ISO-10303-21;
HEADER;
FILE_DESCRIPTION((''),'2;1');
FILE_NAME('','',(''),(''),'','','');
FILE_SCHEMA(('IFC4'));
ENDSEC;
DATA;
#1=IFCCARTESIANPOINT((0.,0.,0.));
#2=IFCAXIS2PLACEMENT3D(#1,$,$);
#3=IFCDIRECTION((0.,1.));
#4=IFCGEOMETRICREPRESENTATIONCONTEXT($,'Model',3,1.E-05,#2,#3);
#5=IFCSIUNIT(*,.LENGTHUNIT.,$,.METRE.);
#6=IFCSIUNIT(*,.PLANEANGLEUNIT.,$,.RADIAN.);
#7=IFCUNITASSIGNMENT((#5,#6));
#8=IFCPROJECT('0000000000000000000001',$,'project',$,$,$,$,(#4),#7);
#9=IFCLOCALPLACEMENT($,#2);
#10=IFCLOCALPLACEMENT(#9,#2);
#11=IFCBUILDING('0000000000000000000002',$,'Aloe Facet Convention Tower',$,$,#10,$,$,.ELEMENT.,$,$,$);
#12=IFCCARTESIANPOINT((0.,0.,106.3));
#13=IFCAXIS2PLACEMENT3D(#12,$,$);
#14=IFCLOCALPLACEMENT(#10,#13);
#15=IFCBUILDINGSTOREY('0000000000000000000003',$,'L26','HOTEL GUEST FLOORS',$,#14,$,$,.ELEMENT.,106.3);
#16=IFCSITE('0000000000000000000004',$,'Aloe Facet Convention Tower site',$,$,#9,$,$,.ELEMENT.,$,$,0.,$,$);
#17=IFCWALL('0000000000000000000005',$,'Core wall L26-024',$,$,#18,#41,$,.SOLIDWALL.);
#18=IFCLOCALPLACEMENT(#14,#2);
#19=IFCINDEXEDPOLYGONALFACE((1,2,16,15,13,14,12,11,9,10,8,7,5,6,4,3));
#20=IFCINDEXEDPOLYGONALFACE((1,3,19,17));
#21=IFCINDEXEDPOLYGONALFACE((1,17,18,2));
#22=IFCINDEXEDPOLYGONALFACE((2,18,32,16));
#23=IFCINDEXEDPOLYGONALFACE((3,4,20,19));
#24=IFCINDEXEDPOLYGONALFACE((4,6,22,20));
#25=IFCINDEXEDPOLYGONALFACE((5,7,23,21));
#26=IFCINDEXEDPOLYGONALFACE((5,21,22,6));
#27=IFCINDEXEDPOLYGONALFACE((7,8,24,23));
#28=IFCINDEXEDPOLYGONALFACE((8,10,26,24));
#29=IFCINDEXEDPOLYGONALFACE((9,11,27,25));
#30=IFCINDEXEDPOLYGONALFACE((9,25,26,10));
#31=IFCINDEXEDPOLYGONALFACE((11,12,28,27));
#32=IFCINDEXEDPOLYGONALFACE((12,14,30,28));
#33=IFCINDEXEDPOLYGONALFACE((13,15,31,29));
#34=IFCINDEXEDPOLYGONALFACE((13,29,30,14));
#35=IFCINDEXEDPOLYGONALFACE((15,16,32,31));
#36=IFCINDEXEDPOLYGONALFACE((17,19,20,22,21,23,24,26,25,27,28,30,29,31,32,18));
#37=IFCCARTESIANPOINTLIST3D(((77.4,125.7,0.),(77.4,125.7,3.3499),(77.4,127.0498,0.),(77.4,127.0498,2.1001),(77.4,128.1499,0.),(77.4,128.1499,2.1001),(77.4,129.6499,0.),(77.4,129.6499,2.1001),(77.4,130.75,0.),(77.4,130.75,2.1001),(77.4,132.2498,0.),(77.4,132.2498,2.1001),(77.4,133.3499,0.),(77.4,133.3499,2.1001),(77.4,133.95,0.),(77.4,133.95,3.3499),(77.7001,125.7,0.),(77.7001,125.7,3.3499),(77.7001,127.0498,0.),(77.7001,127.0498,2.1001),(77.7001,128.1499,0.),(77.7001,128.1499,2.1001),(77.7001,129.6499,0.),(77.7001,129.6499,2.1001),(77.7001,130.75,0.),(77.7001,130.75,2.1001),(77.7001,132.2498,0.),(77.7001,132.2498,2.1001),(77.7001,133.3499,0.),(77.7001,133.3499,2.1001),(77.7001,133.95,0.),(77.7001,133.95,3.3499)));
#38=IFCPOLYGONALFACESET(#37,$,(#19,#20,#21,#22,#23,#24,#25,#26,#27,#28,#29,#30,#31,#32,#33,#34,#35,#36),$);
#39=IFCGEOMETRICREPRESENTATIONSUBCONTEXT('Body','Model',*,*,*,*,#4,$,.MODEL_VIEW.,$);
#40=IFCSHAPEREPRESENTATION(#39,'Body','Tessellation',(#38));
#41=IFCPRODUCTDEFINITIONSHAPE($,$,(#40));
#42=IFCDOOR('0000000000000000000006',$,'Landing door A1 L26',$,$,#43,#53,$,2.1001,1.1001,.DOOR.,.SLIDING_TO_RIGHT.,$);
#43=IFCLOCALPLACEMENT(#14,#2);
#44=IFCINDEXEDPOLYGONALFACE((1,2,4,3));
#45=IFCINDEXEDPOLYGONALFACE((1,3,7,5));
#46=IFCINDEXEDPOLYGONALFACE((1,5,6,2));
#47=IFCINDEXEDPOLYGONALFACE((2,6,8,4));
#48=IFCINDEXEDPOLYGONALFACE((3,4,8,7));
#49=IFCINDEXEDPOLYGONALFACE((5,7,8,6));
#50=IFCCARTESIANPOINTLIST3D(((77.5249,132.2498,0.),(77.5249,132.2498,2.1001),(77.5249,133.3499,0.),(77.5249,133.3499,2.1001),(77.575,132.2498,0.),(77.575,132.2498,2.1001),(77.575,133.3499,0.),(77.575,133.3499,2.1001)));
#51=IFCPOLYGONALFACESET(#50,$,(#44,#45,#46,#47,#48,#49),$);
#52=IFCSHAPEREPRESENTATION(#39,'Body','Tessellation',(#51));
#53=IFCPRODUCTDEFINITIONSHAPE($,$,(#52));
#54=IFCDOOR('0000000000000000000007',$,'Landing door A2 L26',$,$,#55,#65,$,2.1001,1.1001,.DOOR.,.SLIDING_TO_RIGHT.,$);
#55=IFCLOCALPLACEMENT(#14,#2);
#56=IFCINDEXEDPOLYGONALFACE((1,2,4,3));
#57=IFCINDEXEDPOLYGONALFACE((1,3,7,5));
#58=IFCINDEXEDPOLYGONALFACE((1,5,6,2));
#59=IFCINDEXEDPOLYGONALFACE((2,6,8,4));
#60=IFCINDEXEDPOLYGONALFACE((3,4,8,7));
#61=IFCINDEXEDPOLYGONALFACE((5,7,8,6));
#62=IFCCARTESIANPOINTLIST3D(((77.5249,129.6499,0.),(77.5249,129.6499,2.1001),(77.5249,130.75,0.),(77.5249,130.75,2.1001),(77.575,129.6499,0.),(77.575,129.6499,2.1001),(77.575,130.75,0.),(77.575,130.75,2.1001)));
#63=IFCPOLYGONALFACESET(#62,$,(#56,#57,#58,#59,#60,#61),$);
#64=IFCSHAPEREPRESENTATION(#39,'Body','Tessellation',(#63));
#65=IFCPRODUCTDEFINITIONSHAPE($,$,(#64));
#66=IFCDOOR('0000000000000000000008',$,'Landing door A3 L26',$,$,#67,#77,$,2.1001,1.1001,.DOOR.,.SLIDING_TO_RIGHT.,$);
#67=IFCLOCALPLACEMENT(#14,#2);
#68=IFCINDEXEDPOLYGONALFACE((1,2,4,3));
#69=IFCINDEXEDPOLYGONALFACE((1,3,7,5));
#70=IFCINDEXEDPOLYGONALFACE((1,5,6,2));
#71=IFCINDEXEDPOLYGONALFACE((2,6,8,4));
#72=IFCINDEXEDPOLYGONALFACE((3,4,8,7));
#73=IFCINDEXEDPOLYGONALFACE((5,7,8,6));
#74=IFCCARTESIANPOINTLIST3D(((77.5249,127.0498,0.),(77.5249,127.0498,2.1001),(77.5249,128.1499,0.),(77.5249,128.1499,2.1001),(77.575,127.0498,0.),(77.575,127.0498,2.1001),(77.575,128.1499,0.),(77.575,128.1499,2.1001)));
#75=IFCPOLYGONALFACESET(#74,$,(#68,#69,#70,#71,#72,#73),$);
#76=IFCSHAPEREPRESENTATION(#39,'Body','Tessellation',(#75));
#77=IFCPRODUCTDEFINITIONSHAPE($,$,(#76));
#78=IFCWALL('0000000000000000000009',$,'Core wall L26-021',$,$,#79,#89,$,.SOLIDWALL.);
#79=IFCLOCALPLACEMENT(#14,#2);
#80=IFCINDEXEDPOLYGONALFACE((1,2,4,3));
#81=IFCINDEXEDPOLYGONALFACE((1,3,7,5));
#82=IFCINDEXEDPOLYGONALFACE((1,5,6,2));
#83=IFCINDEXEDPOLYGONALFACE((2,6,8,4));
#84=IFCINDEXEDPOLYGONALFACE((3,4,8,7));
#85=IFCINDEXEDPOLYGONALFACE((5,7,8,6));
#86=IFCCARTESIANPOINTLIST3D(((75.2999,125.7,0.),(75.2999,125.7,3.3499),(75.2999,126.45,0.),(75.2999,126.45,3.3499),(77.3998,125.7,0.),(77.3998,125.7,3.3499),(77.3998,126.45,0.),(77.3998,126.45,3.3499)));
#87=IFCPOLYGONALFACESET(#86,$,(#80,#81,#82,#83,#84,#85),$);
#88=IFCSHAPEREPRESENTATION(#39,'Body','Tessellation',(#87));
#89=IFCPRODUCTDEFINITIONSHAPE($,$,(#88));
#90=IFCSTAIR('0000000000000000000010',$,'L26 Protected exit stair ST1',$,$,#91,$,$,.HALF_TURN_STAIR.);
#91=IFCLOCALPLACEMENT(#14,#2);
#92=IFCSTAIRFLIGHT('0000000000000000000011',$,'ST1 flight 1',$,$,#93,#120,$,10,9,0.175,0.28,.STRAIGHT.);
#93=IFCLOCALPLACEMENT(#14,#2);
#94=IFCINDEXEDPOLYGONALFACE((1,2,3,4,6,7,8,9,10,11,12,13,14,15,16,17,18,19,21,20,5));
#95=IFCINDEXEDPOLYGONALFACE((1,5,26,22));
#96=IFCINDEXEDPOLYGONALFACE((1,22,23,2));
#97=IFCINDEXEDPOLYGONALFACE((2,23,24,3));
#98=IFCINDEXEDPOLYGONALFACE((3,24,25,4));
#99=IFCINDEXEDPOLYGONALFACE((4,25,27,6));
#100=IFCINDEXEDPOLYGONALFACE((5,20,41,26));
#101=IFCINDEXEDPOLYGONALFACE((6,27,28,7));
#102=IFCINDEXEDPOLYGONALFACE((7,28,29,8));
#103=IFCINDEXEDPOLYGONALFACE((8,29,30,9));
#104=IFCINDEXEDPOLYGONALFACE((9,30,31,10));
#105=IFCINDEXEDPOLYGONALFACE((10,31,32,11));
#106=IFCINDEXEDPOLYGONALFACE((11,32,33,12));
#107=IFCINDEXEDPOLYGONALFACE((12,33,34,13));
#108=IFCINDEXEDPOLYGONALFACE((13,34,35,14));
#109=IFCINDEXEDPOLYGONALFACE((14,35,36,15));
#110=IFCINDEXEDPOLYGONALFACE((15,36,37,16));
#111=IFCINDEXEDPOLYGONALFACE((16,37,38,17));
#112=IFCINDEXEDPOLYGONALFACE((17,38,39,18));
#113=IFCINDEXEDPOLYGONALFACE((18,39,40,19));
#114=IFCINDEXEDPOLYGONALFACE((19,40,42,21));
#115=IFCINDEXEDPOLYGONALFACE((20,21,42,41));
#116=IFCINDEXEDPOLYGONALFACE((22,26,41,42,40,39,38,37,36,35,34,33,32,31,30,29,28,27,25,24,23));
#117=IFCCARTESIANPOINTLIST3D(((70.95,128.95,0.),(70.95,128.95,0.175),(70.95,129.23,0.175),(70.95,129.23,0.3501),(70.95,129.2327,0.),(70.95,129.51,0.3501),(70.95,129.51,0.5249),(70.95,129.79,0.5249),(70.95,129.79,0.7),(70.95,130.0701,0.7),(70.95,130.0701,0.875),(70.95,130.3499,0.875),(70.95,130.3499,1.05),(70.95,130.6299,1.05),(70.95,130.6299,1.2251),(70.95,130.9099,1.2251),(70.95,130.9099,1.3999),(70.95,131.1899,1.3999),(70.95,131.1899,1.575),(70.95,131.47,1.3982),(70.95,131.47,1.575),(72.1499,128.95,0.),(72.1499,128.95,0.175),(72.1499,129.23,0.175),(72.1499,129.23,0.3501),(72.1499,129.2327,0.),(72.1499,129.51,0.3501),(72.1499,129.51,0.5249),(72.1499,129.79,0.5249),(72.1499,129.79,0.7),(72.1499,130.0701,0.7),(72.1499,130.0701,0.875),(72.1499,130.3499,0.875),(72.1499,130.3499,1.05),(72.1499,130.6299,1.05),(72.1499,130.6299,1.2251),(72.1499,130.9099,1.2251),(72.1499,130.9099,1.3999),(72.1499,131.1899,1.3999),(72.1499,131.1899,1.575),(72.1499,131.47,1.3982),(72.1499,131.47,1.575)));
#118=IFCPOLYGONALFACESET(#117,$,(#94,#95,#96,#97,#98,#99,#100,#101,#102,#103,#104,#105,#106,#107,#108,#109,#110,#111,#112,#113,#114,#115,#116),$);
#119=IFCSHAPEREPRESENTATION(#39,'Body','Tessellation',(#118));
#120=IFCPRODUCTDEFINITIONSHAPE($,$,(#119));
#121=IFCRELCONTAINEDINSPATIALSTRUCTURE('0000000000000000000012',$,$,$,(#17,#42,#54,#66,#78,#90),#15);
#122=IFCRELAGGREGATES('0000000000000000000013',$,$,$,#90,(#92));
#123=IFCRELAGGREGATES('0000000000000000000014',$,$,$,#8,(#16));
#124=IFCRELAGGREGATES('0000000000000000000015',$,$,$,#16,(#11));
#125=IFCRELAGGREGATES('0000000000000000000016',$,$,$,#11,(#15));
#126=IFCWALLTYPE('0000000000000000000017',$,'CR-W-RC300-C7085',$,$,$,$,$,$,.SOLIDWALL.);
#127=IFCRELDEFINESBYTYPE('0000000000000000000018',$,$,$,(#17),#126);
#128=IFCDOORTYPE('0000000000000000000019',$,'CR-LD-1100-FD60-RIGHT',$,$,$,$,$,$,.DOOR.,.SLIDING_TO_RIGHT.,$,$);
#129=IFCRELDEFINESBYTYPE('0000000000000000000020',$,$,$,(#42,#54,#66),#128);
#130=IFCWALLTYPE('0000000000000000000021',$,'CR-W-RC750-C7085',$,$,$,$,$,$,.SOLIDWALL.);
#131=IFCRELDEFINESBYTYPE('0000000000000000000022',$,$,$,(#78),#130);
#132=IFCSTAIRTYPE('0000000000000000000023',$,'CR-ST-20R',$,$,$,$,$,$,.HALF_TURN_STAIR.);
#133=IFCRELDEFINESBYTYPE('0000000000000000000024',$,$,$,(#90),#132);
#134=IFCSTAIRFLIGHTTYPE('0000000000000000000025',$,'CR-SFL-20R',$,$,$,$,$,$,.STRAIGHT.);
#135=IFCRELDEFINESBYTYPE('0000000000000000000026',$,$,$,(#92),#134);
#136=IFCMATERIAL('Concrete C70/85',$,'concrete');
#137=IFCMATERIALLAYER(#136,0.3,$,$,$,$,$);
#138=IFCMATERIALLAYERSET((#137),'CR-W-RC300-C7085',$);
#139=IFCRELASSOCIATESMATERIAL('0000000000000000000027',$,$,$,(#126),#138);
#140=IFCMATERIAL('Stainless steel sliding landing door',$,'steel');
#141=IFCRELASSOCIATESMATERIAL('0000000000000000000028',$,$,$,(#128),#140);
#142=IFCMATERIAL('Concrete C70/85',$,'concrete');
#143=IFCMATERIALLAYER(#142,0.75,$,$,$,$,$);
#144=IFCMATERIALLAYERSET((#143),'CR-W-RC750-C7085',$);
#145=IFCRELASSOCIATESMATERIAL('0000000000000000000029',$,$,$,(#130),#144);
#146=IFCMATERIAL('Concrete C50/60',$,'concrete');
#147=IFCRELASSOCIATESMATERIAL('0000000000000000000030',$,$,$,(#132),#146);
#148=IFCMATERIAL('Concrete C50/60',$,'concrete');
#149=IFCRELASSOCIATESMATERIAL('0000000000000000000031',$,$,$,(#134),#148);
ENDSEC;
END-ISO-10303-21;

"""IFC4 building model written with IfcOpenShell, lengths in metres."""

from ifc_helpers import new_model, si_unit, direction, frame, frame_2d, origin, place, context, subcontext, project, spatial, polyline, rectangle, outline, extrude, material, layer, layer_set, type_object, element, fill, aggregate, save


model = new_model("IFC4")

# Units and contexts
model_context = context("Model", 3, precision=1e-05, world=origin(), true_north=direction((0.0, 1.0)))
body_context = subcontext(model_context, "Body", "Model", "MODEL_VIEW")
ifc_project = project(units=[si_unit("LENGTHUNIT", "METRE"), si_unit("PLANEANGLEUNIT", "RADIAN")], contexts=[model_context])

# Site, building, storey
site_placement = place(None, origin())
site = spatial("IfcSite", under=ifc_project, at=site_placement, Name="Aloe Facet Convention Tower site", CompositionType="ELEMENT", RefElevation=0.0)
building_placement = place(site_placement, origin())
building = spatial("IfcBuilding", under=site, at=building_placement, Name="Aloe Facet Convention Tower", CompositionType="ELEMENT")
storey_placement = place(building_placement, frame((0.0, 0.0, 106.3)))
storey = spatial("IfcBuildingStorey", under=building, at=storey_placement, Name="L26", Description="HOTEL GUEST FLOORS", CompositionType="ELEMENT", Elevation=106.3)

# Shared definitions
ifc_material_1 = material(Name="Concrete C70/85", Category="concrete")
ifc_layer_1 = layer(ifc_material_1, 0.3)
ifc_layer_set_1 = layer_set([ifc_layer_1], Name="CR-W-RC300-C7085")
wall_type_1 = type_object("IfcWallType", Name="CR-W-RC300-C7085", PredefinedType="SOLIDWALL", material=ifc_layer_set_1)

# Wall, openings, doors
wall_1_placement = place(storey_placement, frame((77.55, 133.95, 0.0), z_axis=(0.0, 0.0, 1.0), x_axis=(0.0, -1.0, 0.0)))
wall_1 = element("IfcWall", 1, at=wall_1_placement, inside=storey, type_object=wall_type_1, Name="Core wall L26-024", PredefinedType="SOLIDWALL", context=body_context, shape_type="SweptSolid", body=[
    extrude(rectangle(XDim=8.25, YDim=0.3, at=frame_2d((4.125, 0.0))), origin(), (0.0, 0.0, 1.0), 3.3499),
])
opening_1_placement = place(wall_1_placement, frame((0.6001, 0.0, 0.0)))
opening_1 = element("IfcOpeningElement", 2, at=opening_1_placement, cuts=wall_1, PredefinedType="OPENING", context=body_context, shape_type="SweptSolid", body=[
    extrude(rectangle(XDim=1.1001, YDim=2.1001, at=frame_2d((0.55, 1.05))), frame((0.0, 0.1602, 0.0), z_axis=(0.0, -1.0, 0.0), x_axis=(1.0, 0.0, 0.0)), (0.0, 0.0, 1.0), 0.3201),
])
opening_2_placement = place(wall_1_placement, frame((3.2, 0.0, 0.0)))
opening_2 = element("IfcOpeningElement", 3, at=opening_2_placement, cuts=wall_1, PredefinedType="OPENING", context=body_context, shape_type="SweptSolid", body=[
    extrude(rectangle(XDim=1.1001, YDim=2.1001, at=frame_2d((0.55, 1.05))), frame((0.0, 0.1602, 0.0), z_axis=(0.0, -1.0, 0.0), x_axis=(1.0, 0.0, 0.0)), (0.0, 0.0, 1.0), 0.3201),
])
opening_3_placement = place(wall_1_placement, frame((5.8, 0.0, 0.0)))
opening_3 = element("IfcOpeningElement", 4, at=opening_3_placement, cuts=wall_1, PredefinedType="OPENING", context=body_context, shape_type="SweptSolid", body=[
    extrude(rectangle(XDim=1.1001, YDim=2.1001, at=frame_2d((0.55, 1.05))), frame((0.0, 0.1602, 0.0), z_axis=(0.0, -1.0, 0.0), x_axis=(1.0, 0.0, 0.0)), (0.0, 0.0, 1.0), 0.3201),
])
ifc_material_2 = material(Name="Stainless steel sliding landing door", Category="steel")
door_type_1 = type_object("IfcDoorType", Name="CR-LD-1100-FD60-RIGHT", OperationType="SLIDING_TO_RIGHT", PredefinedType="DOOR", material=ifc_material_2)
door_1_placement = place(opening_1_placement, origin())
door_1 = element("IfcDoor", 5, at=door_1_placement, inside=storey, type_object=door_type_1, Name="Landing door A1 L26", OperationType="SLIDING_TO_RIGHT", OverallHeight=2.1001, OverallWidth=1.1001, PredefinedType="DOOR", context=body_context, shape_type="SweptSolid", body=[
    extrude(rectangle(XDim=1.1001, YDim=2.1001, at=frame_2d((0.55, 1.05))), frame((0.0, 0.0249, 0.0), z_axis=(0.0, -1.0, 0.0), x_axis=(1.0, 0.0, 0.0)), (0.0, 0.0, 1.0), 0.05),
])
fill(opening_1, door_1)
door_2_placement = place(opening_2_placement, origin())
door_2 = element("IfcDoor", 6, at=door_2_placement, inside=storey, type_object=door_type_1, Name="Landing door A2 L26", OperationType="SLIDING_TO_RIGHT", OverallHeight=2.1001, OverallWidth=1.1001, PredefinedType="DOOR", context=body_context, shape_type="SweptSolid", body=[
    extrude(rectangle(XDim=1.1001, YDim=2.1001, at=frame_2d((0.55, 1.05))), frame((0.0, 0.0249, 0.0), z_axis=(0.0, -1.0, 0.0), x_axis=(1.0, 0.0, 0.0)), (0.0, 0.0, 1.0), 0.05),
])
fill(opening_2, door_2)
door_3_placement = place(opening_3_placement, origin())
door_3 = element("IfcDoor", 7, at=door_3_placement, inside=storey, type_object=door_type_1, Name="Landing door A3 L26", OperationType="SLIDING_TO_RIGHT", OverallHeight=2.1001, OverallWidth=1.1001, PredefinedType="DOOR", context=body_context, shape_type="SweptSolid", body=[
    extrude(rectangle(XDim=1.1001, YDim=2.1001, at=frame_2d((0.55, 1.05))), frame((0.0, 0.0249, 0.0), z_axis=(0.0, -1.0, 0.0), x_axis=(1.0, 0.0, 0.0)), (0.0, 0.0, 1.0), 0.05),
])
fill(opening_3, door_3)

# Wall
ifc_material_3 = material(Name="Concrete C70/85", Category="concrete")
ifc_layer_2 = layer(ifc_material_3, 0.75)
ifc_layer_set_2 = layer_set([ifc_layer_2], Name="CR-W-RC750-C7085")
wall_type_2 = type_object("IfcWallType", Name="CR-W-RC750-C7085", PredefinedType="SOLIDWALL", material=ifc_layer_set_2)
wall_2_placement = place(storey_placement, frame((75.3, 126.075, 0.0), z_axis=(0.0, 0.0, 1.0), x_axis=(1.0, 0.0, 0.0)))
element("IfcWall", 8, at=wall_2_placement, inside=storey, type_object=wall_type_2, Name="Core wall L26-021", PredefinedType="SOLIDWALL", context=body_context, shape_type="SweptSolid", body=[
    extrude(rectangle(XDim=2.0999, YDim=0.75, at=frame_2d((1.0498, 0.0))), origin(), (0.0, 0.0, 1.0), 3.3499),
])

# Stair, stair flight
ifc_material_4 = material(Name="Concrete C50/60", Category="concrete")
stair_type = type_object("IfcStairType", Name="CR-ST-20R", PredefinedType="HALF_TURN_STAIR", material=ifc_material_4)
stair_placement = place(storey_placement, origin())
stair = element("IfcStair", 9, at=stair_placement, inside=storey, type_object=stair_type, Name="L26 Protected exit stair ST1", PredefinedType="HALF_TURN_STAIR")
ifc_material_5 = material(Name="Concrete C50/60", Category="concrete")
stair_flight_type = type_object("IfcStairFlightType", Name="CR-SFL-20R", PredefinedType="STRAIGHT", material=ifc_material_5)
stair_flight_placement = place(storey_placement, frame((71.55, 128.95, 0.0), z_axis=(0.0, 0.0, 1.0), x_axis=(0.0, 1.0, 0.0)))
stair_flight = element("IfcStairFlight", 10, at=stair_flight_placement, type_object=stair_flight_type, Name="ST1 flight 1", NumberOfRisers=10, NumberOfTreads=9, PredefinedType="STRAIGHT", RiserHeight=0.175, TreadLength=0.28, context=body_context, shape_type="SweptSolid", body=[
    extrude(outline(polyline([(0.0, 0.0), (0.0, 0.175), (0.28, 0.175), (0.28, 0.3501), (0.5601, 0.3501), (0.5601, 0.5249), (0.8401, 0.5249), (0.8401, 0.7), (1.1201, 0.7), (1.1201, 0.875), (1.3999, 0.875), (1.3999, 1.05), (1.6799, 1.05), (1.6799, 1.2251), (1.96, 1.2251), (1.96, 1.3999), (2.24, 1.3999), (2.24, 1.575), (2.52, 1.575), (2.52, 1.75), (2.52, 1.3982), (0.2827, 0.0), (0.0, 0.0)])), frame((0.0, 0.6001, 0.0), z_axis=(0.0, -1.0, 0.0), x_axis=(1.0, 0.0, 0.0)), (0.0, 0.0, 1.0), 1.2),
])
aggregate(stair, [stair_flight])

save(model, "model.ifc")
